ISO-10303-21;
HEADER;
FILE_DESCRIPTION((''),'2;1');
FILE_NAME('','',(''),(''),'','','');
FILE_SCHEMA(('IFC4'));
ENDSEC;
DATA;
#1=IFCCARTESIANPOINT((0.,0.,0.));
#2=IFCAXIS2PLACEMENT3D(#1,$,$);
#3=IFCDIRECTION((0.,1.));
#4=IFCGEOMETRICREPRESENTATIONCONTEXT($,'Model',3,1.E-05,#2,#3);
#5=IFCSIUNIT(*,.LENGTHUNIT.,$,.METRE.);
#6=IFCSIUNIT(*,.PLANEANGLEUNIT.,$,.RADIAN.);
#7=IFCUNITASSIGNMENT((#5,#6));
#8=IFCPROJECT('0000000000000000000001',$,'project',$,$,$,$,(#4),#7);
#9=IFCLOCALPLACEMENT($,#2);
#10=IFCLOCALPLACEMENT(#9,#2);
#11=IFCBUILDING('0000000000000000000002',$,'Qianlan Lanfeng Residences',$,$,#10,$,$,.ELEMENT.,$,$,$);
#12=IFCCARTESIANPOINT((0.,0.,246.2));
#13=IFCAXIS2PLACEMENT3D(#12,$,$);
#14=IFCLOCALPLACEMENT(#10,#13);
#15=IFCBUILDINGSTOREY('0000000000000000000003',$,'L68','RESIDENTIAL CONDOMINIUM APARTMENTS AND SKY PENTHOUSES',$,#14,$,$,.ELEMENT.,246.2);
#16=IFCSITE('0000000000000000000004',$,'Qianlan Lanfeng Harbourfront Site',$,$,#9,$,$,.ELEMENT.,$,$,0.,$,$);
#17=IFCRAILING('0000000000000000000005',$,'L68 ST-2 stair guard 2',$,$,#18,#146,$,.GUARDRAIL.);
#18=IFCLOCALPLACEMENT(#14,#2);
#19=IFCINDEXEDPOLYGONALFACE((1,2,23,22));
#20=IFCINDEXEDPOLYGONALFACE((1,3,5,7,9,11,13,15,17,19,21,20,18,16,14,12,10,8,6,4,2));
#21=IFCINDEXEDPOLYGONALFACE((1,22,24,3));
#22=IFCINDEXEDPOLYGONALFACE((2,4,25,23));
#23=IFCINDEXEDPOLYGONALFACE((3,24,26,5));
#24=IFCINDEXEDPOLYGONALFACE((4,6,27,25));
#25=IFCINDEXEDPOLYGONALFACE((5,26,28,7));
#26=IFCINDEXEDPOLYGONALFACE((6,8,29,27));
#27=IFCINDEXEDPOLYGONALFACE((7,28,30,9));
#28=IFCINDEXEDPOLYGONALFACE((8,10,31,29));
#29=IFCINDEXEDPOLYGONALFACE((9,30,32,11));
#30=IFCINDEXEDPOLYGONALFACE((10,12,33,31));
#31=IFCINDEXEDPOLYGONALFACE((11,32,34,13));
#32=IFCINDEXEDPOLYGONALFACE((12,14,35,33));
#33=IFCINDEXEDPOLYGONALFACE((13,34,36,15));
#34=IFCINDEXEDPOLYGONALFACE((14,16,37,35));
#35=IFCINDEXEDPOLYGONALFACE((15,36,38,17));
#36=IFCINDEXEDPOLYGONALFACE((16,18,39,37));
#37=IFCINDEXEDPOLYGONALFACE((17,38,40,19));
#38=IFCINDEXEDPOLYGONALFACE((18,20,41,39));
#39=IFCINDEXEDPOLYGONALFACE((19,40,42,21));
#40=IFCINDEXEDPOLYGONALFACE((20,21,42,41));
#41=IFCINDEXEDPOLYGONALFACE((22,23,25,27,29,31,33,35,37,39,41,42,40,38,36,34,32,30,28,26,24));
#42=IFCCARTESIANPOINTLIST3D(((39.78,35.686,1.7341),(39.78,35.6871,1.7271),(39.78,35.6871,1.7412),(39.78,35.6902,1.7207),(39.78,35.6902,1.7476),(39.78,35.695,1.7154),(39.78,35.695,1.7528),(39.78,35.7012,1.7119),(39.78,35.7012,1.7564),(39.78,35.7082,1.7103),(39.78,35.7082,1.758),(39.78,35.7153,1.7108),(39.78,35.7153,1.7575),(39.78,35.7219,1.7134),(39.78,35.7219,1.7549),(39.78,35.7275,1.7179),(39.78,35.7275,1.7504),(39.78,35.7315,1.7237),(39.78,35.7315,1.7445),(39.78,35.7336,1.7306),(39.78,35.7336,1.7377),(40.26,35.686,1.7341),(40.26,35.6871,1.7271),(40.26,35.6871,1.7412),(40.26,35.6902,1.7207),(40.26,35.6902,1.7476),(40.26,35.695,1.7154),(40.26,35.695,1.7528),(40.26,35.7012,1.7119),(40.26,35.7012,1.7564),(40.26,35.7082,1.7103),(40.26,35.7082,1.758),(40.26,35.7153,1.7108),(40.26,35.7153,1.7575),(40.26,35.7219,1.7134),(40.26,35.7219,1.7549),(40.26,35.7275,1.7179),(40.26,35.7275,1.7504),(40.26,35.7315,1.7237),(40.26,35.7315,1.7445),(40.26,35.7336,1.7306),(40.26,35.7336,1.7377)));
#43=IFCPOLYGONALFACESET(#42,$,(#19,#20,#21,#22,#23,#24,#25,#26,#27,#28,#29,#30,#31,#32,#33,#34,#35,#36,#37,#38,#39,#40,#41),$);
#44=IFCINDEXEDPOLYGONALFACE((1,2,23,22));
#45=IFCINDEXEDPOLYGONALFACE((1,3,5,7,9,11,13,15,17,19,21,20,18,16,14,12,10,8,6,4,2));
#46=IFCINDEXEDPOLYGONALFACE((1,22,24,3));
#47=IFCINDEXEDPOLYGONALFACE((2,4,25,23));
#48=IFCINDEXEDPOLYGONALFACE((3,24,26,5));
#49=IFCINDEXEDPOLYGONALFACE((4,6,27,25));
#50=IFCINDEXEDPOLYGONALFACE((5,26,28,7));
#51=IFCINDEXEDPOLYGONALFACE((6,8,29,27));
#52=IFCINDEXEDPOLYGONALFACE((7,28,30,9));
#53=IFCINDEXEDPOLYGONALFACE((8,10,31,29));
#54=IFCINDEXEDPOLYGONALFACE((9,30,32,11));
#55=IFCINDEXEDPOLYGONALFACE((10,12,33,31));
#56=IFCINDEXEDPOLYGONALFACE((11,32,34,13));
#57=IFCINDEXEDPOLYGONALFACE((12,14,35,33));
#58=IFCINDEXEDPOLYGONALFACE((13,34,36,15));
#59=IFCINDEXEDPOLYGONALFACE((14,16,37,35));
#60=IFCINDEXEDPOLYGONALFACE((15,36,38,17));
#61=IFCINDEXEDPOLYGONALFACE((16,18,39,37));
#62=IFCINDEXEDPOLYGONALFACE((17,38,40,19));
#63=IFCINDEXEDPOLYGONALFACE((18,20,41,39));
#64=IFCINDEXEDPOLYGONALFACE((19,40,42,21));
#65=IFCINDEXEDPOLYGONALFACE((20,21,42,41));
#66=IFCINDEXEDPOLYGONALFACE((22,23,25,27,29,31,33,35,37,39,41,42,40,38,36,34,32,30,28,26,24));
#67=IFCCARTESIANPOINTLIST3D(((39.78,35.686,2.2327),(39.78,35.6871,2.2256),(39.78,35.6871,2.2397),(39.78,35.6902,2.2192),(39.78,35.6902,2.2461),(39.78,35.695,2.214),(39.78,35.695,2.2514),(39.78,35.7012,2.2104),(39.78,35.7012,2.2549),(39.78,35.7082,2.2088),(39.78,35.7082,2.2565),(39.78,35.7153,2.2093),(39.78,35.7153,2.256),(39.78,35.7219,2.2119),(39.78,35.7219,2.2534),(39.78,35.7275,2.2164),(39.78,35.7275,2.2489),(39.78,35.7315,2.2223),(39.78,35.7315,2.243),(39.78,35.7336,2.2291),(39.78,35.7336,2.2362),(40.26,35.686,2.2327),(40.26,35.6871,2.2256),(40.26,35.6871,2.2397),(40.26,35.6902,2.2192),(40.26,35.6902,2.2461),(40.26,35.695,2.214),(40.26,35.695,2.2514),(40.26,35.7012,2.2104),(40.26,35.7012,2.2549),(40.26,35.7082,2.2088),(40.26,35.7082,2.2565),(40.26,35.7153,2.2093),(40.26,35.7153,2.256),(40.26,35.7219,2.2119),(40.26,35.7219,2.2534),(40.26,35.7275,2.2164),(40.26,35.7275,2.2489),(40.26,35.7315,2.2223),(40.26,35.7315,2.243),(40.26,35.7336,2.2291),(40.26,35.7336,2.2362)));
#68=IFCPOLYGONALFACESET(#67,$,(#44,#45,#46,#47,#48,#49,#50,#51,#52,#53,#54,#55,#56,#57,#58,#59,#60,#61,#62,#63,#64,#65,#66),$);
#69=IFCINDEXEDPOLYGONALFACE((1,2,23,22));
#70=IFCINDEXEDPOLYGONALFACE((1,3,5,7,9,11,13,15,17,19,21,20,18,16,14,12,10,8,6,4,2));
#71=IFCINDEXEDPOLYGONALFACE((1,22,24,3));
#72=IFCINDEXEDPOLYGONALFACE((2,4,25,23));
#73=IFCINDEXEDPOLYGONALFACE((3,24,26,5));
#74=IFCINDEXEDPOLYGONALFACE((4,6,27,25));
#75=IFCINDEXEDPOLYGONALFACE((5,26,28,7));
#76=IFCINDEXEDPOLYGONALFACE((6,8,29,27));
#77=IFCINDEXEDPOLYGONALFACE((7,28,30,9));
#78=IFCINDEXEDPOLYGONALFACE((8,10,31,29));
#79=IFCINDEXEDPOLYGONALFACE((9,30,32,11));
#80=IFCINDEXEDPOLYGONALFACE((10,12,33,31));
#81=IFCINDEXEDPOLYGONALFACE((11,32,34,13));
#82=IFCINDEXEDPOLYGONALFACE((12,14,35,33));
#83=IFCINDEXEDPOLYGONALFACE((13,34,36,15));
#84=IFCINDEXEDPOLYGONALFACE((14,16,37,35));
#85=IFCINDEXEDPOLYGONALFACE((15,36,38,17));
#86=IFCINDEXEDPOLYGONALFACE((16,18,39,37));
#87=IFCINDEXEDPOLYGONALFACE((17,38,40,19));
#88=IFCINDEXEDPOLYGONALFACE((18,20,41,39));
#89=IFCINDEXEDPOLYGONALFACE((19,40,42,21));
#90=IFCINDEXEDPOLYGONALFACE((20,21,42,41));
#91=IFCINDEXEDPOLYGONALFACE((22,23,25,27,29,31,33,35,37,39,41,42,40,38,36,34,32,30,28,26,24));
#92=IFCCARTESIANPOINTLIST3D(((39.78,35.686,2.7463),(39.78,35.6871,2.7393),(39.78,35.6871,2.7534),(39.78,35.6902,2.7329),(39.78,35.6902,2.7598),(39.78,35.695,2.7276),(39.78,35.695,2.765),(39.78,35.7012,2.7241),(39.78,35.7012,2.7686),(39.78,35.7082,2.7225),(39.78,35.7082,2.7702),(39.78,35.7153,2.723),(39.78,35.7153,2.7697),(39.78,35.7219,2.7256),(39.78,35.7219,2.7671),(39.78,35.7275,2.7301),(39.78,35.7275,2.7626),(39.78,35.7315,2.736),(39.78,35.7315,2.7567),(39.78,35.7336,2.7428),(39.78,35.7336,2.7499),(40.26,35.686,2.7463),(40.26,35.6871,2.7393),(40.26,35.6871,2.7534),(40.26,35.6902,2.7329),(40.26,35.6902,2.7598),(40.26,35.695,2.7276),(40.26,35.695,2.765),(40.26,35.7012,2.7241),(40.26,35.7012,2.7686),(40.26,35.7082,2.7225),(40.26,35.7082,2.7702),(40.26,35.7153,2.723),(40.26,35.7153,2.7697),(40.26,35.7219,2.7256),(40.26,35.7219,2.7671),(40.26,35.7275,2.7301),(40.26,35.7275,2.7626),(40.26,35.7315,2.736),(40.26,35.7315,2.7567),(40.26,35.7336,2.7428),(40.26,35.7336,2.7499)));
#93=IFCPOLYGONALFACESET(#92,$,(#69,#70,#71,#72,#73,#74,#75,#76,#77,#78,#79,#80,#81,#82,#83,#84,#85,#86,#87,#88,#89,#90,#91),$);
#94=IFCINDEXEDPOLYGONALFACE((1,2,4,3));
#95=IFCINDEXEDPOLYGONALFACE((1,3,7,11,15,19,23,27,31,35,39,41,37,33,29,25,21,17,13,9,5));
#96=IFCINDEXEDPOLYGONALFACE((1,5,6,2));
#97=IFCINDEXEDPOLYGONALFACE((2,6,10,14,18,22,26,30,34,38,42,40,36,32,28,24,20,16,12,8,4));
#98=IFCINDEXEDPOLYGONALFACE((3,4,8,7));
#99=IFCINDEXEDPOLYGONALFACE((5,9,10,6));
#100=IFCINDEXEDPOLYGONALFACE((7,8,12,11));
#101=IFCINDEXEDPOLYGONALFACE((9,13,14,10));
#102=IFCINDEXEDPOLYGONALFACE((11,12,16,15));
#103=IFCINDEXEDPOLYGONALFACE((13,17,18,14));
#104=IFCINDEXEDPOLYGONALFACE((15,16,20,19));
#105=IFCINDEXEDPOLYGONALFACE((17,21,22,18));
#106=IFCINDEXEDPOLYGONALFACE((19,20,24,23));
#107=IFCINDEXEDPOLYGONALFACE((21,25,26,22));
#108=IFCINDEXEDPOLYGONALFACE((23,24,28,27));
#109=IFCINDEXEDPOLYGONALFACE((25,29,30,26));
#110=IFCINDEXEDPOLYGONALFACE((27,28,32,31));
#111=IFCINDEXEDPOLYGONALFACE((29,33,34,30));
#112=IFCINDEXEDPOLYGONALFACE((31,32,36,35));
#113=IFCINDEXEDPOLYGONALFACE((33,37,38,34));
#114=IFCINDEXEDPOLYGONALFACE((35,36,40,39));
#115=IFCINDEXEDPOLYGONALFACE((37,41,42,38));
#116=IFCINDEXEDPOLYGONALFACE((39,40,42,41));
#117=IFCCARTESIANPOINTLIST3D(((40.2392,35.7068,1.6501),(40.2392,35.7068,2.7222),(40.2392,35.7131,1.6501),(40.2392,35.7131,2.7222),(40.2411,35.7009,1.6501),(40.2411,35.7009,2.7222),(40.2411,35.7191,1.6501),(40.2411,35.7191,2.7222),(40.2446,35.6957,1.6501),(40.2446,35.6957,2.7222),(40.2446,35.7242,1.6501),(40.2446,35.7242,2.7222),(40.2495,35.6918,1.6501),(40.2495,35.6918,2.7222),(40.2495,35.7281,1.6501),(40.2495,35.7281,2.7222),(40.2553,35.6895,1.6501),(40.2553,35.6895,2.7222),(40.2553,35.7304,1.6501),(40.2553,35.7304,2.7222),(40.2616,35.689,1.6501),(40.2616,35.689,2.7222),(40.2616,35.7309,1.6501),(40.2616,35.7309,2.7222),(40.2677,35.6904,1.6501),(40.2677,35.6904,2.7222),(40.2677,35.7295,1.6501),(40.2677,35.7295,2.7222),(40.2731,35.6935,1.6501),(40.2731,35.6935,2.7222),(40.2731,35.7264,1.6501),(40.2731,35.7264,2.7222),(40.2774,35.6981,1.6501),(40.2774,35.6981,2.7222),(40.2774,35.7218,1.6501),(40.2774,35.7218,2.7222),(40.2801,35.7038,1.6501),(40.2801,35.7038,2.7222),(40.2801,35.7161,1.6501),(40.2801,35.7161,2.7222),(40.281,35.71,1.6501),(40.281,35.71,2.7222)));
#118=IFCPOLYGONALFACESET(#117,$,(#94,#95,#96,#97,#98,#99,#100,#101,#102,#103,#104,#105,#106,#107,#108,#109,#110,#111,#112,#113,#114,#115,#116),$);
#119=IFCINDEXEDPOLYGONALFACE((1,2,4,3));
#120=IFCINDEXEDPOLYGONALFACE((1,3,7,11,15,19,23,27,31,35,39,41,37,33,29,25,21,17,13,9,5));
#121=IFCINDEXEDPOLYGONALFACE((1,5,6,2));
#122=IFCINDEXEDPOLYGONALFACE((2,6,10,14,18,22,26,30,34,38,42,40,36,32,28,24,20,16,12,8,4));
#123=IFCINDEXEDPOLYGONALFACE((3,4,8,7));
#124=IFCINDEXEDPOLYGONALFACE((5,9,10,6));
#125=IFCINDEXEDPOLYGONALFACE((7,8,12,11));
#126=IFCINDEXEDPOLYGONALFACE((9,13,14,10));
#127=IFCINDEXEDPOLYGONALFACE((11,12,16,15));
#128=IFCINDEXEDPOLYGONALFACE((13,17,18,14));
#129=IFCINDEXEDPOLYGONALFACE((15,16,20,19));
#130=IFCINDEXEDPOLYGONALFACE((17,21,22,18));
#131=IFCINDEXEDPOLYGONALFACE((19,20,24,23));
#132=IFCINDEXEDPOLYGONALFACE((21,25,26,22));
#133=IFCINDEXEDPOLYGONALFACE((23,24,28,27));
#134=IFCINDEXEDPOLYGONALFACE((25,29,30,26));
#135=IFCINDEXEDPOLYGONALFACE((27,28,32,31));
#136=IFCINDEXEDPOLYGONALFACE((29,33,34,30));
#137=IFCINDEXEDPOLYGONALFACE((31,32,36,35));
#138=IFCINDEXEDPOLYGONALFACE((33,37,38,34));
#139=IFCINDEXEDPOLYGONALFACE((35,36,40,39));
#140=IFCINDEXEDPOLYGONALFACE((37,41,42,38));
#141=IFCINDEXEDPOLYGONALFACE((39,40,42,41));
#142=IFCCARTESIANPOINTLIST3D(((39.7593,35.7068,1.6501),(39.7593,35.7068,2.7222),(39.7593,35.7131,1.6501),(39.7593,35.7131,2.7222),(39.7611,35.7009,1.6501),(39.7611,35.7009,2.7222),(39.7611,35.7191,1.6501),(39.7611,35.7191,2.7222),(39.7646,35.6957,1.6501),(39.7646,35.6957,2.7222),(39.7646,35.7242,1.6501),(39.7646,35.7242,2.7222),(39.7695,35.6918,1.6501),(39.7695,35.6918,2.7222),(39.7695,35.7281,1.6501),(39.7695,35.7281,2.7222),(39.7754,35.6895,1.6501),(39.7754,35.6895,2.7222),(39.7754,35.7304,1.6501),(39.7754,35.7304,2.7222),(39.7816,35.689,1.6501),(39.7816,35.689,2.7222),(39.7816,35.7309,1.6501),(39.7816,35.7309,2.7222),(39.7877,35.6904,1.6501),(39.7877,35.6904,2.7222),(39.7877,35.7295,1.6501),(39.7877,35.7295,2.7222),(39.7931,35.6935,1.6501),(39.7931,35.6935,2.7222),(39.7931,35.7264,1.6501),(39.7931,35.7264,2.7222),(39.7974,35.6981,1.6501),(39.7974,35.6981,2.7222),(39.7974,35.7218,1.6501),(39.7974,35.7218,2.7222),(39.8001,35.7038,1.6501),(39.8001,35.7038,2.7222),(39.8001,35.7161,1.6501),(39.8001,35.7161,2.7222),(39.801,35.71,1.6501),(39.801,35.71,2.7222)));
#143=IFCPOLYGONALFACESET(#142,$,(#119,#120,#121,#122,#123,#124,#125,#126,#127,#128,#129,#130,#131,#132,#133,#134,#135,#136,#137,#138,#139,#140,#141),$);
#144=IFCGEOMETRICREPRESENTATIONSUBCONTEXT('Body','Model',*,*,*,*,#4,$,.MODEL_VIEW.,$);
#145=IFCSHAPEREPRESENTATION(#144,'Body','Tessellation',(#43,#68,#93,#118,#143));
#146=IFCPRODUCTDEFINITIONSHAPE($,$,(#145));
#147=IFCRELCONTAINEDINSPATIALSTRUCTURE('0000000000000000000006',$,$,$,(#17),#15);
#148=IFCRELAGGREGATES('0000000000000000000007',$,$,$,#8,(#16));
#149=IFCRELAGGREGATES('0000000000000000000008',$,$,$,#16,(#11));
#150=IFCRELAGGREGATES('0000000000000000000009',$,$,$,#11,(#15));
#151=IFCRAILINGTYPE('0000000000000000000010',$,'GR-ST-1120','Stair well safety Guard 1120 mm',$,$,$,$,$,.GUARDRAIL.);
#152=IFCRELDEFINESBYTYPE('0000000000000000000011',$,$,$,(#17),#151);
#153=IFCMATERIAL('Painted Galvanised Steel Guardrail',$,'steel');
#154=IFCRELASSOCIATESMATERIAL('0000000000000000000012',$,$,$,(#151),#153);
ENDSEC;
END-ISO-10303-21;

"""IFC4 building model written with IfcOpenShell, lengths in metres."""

from ifc_helpers import new_model, si_unit, direction, frame, origin, origin_2d, place, context, subcontext, project, spatial, circle, extrude, material, type_object, element, save


model = new_model("IFC4")

# Units and contexts
model_context = context("Model", 3, precision=1e-05, world=origin(), true_north=direction((0.0, 1.0)))
body_context = subcontext(model_context, "Body", "Model", "MODEL_VIEW")
ifc_project = project(units=[si_unit("LENGTHUNIT", "METRE"), si_unit("PLANEANGLEUNIT", "RADIAN")], contexts=[model_context])

# Site, building, storey
site_placement = place(None, origin())
site = spatial("IfcSite", under=ifc_project, at=site_placement, Name="Qianlan Lanfeng Harbourfront Site", CompositionType="ELEMENT", RefElevation=0.0)
building_placement = place(site_placement, origin())
building = spatial("IfcBuilding", under=site, at=building_placement, Name="Qianlan Lanfeng Residences", CompositionType="ELEMENT")
storey_placement = place(building_placement, frame((0.0, 0.0, 246.2)))
storey = spatial("IfcBuildingStorey", under=building, at=storey_placement, Name="L68", Description="RESIDENTIAL CONDOMINIUM APARTMENTS AND SKY PENTHOUSES", CompositionType="ELEMENT", Elevation=246.2)

# Railing
ifc_material_1 = material(Name="Painted Galvanised Steel Guardrail", Category="steel")
railing_type_1 = type_object("IfcRailingType", Name="GR-ST-1120", Description="Stair well safety Guard 1120 mm", PredefinedType="GUARDRAIL", material=ifc_material_1)
railing_1_placement = place(storey_placement, frame((40.26, 35.71, 1.6501)))
element("IfcRailing", 1, at=railing_1_placement, inside=storey, type_object=railing_type_1, Name="L68 ST-2 stair guard 2", PredefinedType="GUARDRAIL", context=body_context, shape_type="SweptSolid", body=[
    extrude(circle(Radius=0.0239, at=origin_2d()), frame((0.0, 0.0, 0.084), z_axis=(-1.0, 0.0, 0.0), x_axis=(0.0, -1.0, 0.0)), (0.0, 0.0, 1.0), 0.48),
    extrude(circle(Radius=0.0239, at=origin_2d()), frame((0.0, 0.0, 0.5825), z_axis=(-1.0, 0.0, 0.0), x_axis=(0.0, -1.0, 0.0)), (0.0, 0.0, 1.0), 0.48),
    extrude(circle(Radius=0.0239, at=origin_2d()), frame((0.0, 0.0, 1.0962), z_axis=(-1.0, 0.0, 0.0), x_axis=(0.0, -1.0, 0.0)), (0.0, 0.0, 1.0), 0.48),
    extrude(circle(Radius=0.021, at=origin_2d()), origin(), (0.0, 0.0, 1.0), 1.072),
    extrude(circle(Radius=0.021, at=origin_2d()), frame((-0.48, 0.0, 0.0)), (0.0, 0.0, 1.0), 1.072),
])

save(model, "model.ifc")
